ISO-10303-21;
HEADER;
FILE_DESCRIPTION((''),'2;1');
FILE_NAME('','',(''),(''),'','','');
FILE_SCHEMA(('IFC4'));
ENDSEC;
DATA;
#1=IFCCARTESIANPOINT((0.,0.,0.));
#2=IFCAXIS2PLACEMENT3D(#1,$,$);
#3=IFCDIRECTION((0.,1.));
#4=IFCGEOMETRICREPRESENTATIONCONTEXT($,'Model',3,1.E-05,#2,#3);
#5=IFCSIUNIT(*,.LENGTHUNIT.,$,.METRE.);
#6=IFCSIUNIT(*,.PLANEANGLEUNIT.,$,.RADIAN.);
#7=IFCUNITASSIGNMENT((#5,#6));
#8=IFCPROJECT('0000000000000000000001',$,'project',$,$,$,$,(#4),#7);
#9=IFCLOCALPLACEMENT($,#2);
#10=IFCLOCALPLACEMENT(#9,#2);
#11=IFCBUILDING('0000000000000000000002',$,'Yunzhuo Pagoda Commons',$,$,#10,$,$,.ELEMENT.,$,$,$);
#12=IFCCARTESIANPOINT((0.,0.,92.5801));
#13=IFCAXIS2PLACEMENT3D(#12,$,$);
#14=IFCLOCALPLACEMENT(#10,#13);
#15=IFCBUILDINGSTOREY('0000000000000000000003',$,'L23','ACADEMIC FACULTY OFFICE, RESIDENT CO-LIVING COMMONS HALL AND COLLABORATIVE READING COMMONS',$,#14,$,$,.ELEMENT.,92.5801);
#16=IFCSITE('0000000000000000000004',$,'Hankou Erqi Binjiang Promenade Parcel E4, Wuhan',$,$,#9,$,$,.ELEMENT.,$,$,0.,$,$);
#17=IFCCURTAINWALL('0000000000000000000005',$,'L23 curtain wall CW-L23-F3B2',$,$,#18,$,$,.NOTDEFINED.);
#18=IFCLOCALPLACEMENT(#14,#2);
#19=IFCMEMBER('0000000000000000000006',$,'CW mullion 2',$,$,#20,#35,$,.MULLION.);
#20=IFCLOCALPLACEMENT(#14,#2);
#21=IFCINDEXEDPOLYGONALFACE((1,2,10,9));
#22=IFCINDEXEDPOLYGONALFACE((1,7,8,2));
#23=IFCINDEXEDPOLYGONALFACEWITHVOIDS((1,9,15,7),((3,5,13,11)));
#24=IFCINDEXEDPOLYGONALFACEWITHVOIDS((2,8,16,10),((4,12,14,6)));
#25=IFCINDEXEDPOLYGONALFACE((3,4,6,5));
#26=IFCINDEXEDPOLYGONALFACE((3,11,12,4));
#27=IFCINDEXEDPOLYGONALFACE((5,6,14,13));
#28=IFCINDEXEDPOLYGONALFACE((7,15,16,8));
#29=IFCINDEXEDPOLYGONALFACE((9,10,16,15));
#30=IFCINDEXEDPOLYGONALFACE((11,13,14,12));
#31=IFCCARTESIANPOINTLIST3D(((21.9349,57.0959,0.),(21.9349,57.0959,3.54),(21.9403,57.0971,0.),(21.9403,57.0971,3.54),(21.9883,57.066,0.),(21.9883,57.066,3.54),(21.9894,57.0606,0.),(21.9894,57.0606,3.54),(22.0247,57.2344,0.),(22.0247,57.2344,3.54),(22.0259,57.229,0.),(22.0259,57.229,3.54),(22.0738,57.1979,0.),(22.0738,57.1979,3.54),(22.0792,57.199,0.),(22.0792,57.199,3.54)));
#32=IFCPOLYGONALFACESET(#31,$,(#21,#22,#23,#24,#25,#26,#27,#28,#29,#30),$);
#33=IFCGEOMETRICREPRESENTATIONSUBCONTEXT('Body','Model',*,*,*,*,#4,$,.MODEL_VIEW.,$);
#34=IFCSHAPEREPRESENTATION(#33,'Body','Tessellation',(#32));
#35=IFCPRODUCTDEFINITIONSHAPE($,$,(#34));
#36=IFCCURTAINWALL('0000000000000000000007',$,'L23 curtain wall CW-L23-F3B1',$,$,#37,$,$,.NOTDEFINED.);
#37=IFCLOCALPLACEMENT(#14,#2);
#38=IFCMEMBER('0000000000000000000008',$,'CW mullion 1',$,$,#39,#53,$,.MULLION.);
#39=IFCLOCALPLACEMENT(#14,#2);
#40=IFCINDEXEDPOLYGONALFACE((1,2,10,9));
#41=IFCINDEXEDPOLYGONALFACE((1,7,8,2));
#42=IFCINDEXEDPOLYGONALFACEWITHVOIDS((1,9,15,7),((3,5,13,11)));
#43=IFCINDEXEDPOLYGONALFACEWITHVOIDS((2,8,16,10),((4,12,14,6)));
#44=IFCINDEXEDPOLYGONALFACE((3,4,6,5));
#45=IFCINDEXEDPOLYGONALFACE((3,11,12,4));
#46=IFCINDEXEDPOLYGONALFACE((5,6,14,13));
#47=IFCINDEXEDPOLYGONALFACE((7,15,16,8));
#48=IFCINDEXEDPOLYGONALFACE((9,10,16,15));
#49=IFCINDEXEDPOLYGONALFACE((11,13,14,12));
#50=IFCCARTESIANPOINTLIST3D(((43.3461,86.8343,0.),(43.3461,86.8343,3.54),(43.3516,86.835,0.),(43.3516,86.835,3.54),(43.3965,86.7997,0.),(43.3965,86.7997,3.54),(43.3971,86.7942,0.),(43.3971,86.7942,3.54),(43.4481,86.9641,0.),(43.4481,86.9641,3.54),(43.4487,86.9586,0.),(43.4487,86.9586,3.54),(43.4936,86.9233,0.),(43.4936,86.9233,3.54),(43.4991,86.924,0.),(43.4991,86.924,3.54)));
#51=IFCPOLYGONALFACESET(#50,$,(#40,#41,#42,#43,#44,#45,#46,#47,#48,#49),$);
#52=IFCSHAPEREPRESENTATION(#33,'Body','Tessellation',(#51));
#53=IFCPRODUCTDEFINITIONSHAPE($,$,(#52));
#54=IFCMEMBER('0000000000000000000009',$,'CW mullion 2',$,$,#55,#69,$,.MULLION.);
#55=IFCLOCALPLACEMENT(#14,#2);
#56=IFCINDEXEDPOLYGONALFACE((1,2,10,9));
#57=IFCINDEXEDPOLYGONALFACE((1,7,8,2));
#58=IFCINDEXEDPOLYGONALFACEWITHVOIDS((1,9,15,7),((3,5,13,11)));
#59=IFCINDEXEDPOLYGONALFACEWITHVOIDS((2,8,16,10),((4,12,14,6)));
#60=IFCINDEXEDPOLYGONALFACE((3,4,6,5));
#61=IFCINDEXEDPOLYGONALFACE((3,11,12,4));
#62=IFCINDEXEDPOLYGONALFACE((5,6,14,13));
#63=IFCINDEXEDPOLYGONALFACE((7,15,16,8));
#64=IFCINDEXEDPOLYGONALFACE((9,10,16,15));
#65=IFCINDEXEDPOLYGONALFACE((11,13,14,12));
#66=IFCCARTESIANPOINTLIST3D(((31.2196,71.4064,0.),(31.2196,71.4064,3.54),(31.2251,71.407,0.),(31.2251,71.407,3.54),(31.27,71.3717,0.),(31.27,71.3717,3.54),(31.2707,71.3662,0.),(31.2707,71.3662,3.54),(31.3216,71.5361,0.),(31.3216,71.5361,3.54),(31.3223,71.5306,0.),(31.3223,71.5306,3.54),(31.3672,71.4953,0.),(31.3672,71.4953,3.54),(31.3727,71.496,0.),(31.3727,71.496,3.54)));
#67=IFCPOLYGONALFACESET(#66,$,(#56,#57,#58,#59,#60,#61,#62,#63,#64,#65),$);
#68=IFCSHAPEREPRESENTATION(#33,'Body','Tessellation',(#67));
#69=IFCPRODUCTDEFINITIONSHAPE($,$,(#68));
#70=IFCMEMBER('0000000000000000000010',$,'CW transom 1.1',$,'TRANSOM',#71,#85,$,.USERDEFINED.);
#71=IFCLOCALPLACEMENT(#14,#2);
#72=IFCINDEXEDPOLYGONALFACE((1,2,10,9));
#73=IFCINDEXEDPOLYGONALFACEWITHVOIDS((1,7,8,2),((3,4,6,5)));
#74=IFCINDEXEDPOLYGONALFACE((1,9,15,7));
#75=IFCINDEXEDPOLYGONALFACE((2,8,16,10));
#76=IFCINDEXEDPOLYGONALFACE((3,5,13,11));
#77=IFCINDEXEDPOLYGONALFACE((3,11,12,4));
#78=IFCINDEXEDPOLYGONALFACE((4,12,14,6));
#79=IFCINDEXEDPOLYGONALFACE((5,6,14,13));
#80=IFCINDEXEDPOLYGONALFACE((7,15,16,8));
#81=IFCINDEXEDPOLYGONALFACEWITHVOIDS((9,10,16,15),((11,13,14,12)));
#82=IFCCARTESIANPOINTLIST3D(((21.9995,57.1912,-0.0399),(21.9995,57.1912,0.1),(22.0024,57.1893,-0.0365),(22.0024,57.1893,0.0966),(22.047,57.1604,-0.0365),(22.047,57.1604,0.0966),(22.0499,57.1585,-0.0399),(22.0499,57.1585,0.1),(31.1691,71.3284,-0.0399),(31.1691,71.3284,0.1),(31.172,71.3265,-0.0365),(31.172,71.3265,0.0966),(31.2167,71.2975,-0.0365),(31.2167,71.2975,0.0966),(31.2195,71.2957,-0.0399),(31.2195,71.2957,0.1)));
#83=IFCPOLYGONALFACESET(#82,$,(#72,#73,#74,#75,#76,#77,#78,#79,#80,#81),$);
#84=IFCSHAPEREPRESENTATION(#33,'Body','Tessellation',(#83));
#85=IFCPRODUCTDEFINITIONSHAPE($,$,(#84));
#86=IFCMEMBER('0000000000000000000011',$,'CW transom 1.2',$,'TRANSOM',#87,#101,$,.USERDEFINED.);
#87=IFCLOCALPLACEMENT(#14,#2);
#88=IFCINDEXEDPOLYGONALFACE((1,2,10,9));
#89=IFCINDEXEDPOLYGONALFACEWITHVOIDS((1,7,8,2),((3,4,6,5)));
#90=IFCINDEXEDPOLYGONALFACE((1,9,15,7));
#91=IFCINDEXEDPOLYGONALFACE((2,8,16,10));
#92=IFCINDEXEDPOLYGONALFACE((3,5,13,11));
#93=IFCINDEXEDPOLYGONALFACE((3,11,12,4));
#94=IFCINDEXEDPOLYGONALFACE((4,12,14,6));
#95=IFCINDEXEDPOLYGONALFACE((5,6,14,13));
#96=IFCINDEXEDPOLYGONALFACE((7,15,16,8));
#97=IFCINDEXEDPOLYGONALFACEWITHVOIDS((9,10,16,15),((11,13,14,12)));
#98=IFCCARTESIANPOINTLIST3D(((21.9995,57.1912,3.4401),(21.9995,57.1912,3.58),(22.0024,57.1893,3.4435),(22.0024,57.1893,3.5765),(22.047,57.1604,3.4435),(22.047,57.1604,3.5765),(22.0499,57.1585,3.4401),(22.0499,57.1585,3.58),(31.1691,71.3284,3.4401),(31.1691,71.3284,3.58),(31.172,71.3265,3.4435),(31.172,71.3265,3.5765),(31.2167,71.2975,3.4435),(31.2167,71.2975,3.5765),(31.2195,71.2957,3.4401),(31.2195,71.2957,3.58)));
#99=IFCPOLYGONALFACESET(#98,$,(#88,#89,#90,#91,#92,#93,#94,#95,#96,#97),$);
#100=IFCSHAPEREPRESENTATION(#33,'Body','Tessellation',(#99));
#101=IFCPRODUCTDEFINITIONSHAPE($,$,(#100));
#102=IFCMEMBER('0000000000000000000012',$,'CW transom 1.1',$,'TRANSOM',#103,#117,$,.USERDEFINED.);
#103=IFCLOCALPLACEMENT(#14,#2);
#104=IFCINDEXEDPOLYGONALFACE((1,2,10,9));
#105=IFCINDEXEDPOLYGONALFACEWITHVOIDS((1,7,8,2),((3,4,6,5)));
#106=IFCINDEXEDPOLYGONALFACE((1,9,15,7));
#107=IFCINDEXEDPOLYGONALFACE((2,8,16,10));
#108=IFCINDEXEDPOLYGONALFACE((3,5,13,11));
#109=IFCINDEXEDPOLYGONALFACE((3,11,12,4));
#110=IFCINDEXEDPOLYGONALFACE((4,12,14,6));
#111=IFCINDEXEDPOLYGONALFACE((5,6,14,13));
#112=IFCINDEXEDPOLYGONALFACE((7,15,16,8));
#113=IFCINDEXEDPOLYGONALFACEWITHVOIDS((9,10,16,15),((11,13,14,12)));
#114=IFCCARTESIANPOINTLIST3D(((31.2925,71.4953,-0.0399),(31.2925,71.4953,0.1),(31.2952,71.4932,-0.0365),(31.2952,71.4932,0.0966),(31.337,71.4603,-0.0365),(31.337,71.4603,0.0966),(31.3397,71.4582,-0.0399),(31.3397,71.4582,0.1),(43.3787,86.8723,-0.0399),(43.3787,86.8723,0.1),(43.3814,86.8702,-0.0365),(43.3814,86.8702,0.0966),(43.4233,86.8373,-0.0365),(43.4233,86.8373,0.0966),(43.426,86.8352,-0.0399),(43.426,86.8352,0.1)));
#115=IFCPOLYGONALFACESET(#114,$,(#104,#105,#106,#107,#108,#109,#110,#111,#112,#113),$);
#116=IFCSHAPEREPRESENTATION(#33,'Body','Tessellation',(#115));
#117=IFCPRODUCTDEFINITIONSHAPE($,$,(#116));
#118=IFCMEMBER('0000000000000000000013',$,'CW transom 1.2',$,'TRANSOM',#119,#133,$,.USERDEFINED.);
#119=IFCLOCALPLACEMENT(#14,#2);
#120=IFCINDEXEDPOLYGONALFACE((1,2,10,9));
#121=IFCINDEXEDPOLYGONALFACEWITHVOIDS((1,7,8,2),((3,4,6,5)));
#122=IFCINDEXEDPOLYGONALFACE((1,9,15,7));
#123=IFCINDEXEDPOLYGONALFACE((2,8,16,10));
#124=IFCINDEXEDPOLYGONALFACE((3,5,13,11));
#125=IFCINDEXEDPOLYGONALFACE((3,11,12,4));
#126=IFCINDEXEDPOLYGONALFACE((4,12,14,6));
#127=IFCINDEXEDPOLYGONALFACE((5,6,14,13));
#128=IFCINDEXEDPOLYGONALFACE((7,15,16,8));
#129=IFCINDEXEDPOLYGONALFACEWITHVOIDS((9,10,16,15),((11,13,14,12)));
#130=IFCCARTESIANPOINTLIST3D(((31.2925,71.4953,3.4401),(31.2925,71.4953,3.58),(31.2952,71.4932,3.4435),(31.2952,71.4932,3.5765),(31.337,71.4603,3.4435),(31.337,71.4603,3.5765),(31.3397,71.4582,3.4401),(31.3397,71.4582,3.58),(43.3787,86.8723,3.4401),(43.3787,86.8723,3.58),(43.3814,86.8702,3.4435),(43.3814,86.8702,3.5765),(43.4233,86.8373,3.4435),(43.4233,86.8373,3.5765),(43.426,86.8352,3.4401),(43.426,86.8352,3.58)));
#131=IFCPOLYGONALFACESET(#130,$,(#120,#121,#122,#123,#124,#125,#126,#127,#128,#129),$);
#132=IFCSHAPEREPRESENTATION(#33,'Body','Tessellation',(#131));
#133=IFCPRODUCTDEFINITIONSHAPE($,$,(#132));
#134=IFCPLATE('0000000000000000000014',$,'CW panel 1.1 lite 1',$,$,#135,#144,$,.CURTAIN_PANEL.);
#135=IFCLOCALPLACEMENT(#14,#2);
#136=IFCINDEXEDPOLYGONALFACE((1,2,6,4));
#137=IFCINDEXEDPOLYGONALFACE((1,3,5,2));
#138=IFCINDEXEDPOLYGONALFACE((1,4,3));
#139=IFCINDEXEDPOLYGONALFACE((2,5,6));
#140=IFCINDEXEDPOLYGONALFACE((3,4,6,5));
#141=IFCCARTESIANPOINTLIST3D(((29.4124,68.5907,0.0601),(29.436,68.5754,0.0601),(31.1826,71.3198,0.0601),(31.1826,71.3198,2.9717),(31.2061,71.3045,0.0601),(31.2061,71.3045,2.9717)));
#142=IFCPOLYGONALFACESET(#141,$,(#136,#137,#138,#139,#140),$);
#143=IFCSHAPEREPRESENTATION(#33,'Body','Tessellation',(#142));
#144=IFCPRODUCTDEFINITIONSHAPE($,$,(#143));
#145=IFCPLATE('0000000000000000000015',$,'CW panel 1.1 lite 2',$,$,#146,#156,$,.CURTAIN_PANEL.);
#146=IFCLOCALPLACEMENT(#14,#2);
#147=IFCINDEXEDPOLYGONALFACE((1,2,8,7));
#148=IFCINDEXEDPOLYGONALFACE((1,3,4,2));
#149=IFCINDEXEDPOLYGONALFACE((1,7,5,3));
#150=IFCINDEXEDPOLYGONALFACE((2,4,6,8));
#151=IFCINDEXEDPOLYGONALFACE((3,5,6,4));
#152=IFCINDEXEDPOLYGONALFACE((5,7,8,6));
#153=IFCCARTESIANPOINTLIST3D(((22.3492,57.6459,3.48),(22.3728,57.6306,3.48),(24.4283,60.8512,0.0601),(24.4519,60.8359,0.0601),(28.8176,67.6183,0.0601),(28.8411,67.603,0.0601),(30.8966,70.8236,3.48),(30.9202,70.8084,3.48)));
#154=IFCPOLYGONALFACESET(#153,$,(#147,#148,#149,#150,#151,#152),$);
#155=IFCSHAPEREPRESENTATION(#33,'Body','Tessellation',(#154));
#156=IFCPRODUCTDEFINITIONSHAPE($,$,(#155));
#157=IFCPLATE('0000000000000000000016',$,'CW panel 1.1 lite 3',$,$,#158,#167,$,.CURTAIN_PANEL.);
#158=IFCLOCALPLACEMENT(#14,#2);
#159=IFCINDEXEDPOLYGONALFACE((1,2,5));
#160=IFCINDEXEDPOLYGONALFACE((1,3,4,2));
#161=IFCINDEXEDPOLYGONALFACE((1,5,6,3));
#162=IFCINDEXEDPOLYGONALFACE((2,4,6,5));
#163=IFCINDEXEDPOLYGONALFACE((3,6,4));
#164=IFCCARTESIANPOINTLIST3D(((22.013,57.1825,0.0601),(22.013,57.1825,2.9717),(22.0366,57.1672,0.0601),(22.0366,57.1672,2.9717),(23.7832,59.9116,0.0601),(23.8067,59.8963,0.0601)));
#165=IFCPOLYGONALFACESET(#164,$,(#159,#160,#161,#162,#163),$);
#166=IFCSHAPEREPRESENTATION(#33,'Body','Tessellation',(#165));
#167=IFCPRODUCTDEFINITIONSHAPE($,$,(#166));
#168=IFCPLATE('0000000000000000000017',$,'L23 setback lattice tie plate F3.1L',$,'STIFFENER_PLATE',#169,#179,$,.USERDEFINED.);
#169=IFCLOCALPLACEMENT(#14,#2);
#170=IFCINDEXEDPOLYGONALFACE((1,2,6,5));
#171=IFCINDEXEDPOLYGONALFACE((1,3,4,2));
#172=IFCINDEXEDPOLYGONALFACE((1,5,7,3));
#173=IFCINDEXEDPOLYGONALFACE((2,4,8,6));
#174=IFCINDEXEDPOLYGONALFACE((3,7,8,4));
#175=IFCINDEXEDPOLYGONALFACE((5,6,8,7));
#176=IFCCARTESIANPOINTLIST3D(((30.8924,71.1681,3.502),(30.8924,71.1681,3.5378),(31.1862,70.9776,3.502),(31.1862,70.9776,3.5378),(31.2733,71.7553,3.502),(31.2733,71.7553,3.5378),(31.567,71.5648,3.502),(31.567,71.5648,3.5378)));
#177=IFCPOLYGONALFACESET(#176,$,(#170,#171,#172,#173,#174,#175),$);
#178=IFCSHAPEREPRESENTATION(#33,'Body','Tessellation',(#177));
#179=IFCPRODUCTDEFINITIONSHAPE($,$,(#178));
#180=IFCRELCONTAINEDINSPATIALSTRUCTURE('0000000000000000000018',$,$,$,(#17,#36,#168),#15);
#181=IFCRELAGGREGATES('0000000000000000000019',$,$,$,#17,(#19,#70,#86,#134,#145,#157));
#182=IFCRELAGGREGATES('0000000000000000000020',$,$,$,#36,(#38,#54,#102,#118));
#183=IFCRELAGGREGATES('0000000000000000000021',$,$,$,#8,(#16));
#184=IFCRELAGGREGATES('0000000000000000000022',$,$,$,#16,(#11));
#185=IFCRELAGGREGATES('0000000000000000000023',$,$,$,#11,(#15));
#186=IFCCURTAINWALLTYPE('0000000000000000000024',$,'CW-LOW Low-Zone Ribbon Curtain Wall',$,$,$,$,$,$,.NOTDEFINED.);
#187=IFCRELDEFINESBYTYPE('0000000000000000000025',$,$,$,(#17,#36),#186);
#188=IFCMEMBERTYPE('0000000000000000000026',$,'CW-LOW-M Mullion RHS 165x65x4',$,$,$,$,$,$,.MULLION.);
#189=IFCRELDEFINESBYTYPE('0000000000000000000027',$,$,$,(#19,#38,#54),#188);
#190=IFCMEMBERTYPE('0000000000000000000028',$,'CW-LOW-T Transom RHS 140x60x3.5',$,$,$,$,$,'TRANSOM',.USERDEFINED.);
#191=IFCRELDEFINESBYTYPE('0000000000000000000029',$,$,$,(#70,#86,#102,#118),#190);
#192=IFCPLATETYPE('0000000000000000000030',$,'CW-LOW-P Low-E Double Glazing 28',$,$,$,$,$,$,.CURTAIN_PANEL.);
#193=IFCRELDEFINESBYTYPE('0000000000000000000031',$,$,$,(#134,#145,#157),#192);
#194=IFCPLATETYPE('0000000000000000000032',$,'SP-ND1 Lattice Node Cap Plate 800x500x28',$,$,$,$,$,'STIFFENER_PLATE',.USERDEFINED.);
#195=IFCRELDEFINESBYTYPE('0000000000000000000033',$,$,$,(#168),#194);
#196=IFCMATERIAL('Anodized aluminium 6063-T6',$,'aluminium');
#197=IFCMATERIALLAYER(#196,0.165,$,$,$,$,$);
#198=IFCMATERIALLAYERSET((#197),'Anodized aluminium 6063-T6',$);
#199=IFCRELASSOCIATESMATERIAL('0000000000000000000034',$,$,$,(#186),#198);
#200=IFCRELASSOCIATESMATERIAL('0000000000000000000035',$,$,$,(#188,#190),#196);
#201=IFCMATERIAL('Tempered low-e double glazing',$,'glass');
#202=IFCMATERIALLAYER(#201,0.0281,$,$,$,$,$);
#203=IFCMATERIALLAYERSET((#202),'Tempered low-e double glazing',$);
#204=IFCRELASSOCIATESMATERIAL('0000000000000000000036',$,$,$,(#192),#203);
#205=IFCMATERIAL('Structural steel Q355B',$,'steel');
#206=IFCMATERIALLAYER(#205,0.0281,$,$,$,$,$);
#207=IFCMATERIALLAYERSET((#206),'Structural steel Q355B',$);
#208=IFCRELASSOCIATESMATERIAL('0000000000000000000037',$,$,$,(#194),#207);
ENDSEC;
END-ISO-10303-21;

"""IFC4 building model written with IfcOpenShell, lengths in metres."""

from ifc_helpers import new_model, si_unit, direction, frame, origin, origin_2d, place, context, subcontext, project, spatial, polyline, rectangle, hollow_rectangle, outline, extrude, source, transform, mapped, material, layer, layer_set, material_profile, profile_set, type_object, element, aggregate, save


model = new_model("IFC4")

# Units and contexts
model_context = context("Model", 3, precision=1e-05, world=origin(), true_north=direction((0.0, 1.0)))
body_context = subcontext(model_context, "Body", "Model", "MODEL_VIEW")
ifc_project = project(units=[si_unit("LENGTHUNIT", "METRE"), si_unit("PLANEANGLEUNIT", "RADIAN")], contexts=[model_context])

# Site, building, storey
site_placement = place(None, origin())
site = spatial("IfcSite", under=ifc_project, at=site_placement, Name="Hankou Erqi Binjiang Promenade Parcel E4, Wuhan", CompositionType="ELEMENT", RefElevation=0.0)
building_placement = place(site_placement, origin())
building = spatial("IfcBuilding", under=site, at=building_placement, Name="Yunzhuo Pagoda Commons", CompositionType="ELEMENT")
storey_placement = place(building_placement, frame((0.0, 0.0, 92.5801)))
storey = spatial("IfcBuildingStorey", under=building, at=storey_placement, Name="L23", Description="ACADEMIC FACULTY OFFICE, RESIDENT CO-LIVING COMMONS HALL AND COLLABORATIVE READING COMMONS", CompositionType="ELEMENT", Elevation=92.5801)

# Shared definitions
ifc_material_1 = material(Name="Structural steel Q355B", Category="steel")

# Curtain walls, members
ifc_material_2 = material(Name="Anodized aluminium 6063-T6", Category="aluminium")
ifc_layer_1 = layer(ifc_material_2, 0.165)
ifc_layer_set_1 = layer_set([ifc_layer_1], Name="Anodized aluminium 6063-T6")
curtain_wall_type = type_object("IfcCurtainWallType", Name="CW-LOW Low-Zone Ribbon Curtain Wall", PredefinedType="NOTDEFINED", material=ifc_layer_set_1)
curtain_wall_1_placement = place(storey_placement, origin())
curtain_wall_1 = element("IfcCurtainWall", 1, at=curtain_wall_1_placement, inside=storey, type_object=curtain_wall_type, Name="L23 curtain wall CW-L23-F3B2", PredefinedType="NOTDEFINED")
ifc_material_profile_1 = material_profile(ifc_material_2, hollow_rectangle(XDim=0.0649, YDim=0.165, WallThickness=0.0039, at=origin_2d()), Name="Anodized aluminium 6063-T6")
ifc_profile_set_1 = profile_set([ifc_material_profile_1], Name="Anodized aluminium 6063-T6")
member_type_1 = type_object("IfcMemberType", Name="CW-LOW-M Mullion RHS 165x65x4", PredefinedType="MULLION", material=ifc_profile_set_1)
shared_shape_1 = source(origin(), body_context, "Body", "SweptSolid", [
    extrude(hollow_rectangle(XDim=0.0649, YDim=0.165, WallThickness=0.0039, at=origin_2d()), origin(), (0.0, 0.0, 1.0), 3.54),
])
member_1_placement = place(storey_placement, frame((22.0071, 57.1475, 0.0), z_axis=(0.0, 0.0, 1.0), x_axis=(0.838972, -0.544174, 0.0)))
member_1 = element("IfcMember", 2, at=member_1_placement, type_object=member_type_1, Name="CW mullion 2", PredefinedType="MULLION", context=body_context, shape_type="MappedRepresentation", body=[
    mapped(shared_shape_1, transform((0.0, 0.0, 0.0), scale=1.0)),
])
curtain_wall_2_placement = place(storey_placement, origin())
curtain_wall_2 = element("IfcCurtainWall", 3, at=curtain_wall_2_placement, inside=storey, type_object=curtain_wall_type, Name="L23 curtain wall CW-L23-F3B1", PredefinedType="NOTDEFINED")
member_2_placement = place(storey_placement, frame((43.4226, 86.8792, 0.0), z_axis=(0.0, 0.0, 1.0), x_axis=(0.786215, -0.617953, 0.0)))
member_2 = element("IfcMember", 4, at=member_2_placement, type_object=member_type_1, Name="CW mullion 1", PredefinedType="MULLION", context=body_context, shape_type="MappedRepresentation", body=[
    mapped(shared_shape_1, transform((0.0, 0.0, 0.0), scale=1.0)),
])
member_3_placement = place(storey_placement, frame((31.2961, 71.4512, 0.0), z_axis=(0.0, 0.0, 1.0), x_axis=(0.786215, -0.617953, 0.0)))
member_3 = element("IfcMember", 5, at=member_3_placement, type_object=member_type_1, Name="CW mullion 2", PredefinedType="MULLION", context=body_context, shape_type="MappedRepresentation", body=[
    mapped(shared_shape_1, transform((0.0, 0.0, 0.0), scale=1.0)),
])

# Members
ifc_material_profile_2 = material_profile(ifc_material_2, hollow_rectangle(XDim=0.0601, YDim=0.1399, WallThickness=0.0034, at=origin_2d()), Name="Anodized aluminium 6063-T6")
ifc_profile_set_2 = profile_set([ifc_material_profile_2], Name="Anodized aluminium 6063-T6")
member_type_2 = type_object("IfcMemberType", Name="CW-LOW-T Transom RHS 140x60x3.5", ElementType="TRANSOM", PredefinedType="USERDEFINED", material=ifc_profile_set_2)
shared_shape_2 = source(origin(), body_context, "Body", "SweptSolid", [
    extrude(hollow_rectangle(XDim=0.0601, YDim=0.1399, WallThickness=0.0034, at=origin_2d()), origin(), (0.0, 0.0, 1.0), 16.8506),
])
member_4_placement = place(storey_placement, frame((31.1943, 71.312, 0.03), z_axis=(-0.544174, -0.838972, 0.0), x_axis=(0.838972, -0.544174, 0.0)))
member_4 = element("IfcMember", 6, at=member_4_placement, type_object=member_type_2, Name="CW transom 1.1", ObjectType="TRANSOM", PredefinedType="USERDEFINED", context=body_context, shape_type="MappedRepresentation", body=[
    mapped(shared_shape_2, transform((0.0, 0.0, 0.0), scale=1.0)),
])
member_5_placement = place(storey_placement, frame((31.1943, 71.312, 3.51), z_axis=(-0.544174, -0.838972, 0.0), x_axis=(0.838972, -0.544174, 0.0)))
member_5 = element("IfcMember", 7, at=member_5_placement, type_object=member_type_2, Name="CW transom 1.2", ObjectType="TRANSOM", PredefinedType="USERDEFINED", context=body_context, shape_type="MappedRepresentation", body=[
    mapped(shared_shape_2, transform((0.0, 0.0, 0.0), scale=1.0)),
])
shared_shape_3 = source(origin(), body_context, "Body", "SweptSolid", [
    extrude(hollow_rectangle(XDim=0.0601, YDim=0.1399, WallThickness=0.0034, at=origin_2d()), origin(), (0.0, 0.0, 1.0), 19.5583),
])
member_6_placement = place(storey_placement, frame((43.4023, 86.8538, 0.03), z_axis=(-0.617957, -0.786212, 0.0), x_axis=(0.786212, -0.617957, 0.0)))
member_6 = element("IfcMember", 8, at=member_6_placement, type_object=member_type_2, Name="CW transom 1.1", ObjectType="TRANSOM", PredefinedType="USERDEFINED", context=body_context, shape_type="MappedRepresentation", body=[
    mapped(shared_shape_3, transform((0.0, 0.0, 0.0), scale=1.0)),
])
member_7_placement = place(storey_placement, frame((43.4023, 86.8538, 3.51), z_axis=(-0.617957, -0.786212, 0.0), x_axis=(0.786212, -0.617957, 0.0)))
member_7 = element("IfcMember", 9, at=member_7_placement, type_object=member_type_2, Name="CW transom 1.2", ObjectType="TRANSOM", PredefinedType="USERDEFINED", context=body_context, shape_type="MappedRepresentation", body=[
    mapped(shared_shape_3, transform((0.0, 0.0, 0.0), scale=1.0)),
])

# Plates
ifc_material_3 = material(Name="Tempered low-e double glazing", Category="glass")
ifc_layer_2 = layer(ifc_material_3, 0.0281)
ifc_layer_set_2 = layer_set([ifc_layer_2], Name="Tempered low-e double glazing")
plate_type_1 = type_object("IfcPlateType", Name="CW-LOW-P Low-E Double Glazing 28", PredefinedType="CURTAIN_PANEL", material=ifc_layer_set_2)
plate_1_placement = place(storey_placement, frame((30.321, 69.9399, 1.5159), z_axis=(-0.838972, 0.544174, 0.0), x_axis=(-0.544174, -0.838972, 0.0)))
plate_1 = element("IfcPlate", 10, at=plate_1_placement, type_object=plate_type_1, Name="CW panel 1.1 lite 1", PredefinedType="CURTAIN_PANEL", context=body_context, shape_type="SweptSolid", body=[
    extrude(outline(polyline([(-1.6265, -1.4558), (1.6265, -1.4558), (-1.6265, 1.4558), (-1.6265, -1.4558)])), origin(), (0.0, 0.0, 1.0), 0.0281),
])
plate_2_placement = place(storey_placement, frame((26.6465, 64.2195, 1.77), z_axis=(-0.838972, 0.544174, 0.0), x_axis=(-0.544174, -0.838972, 0.0)))
plate_2 = element("IfcPlate", 11, at=plate_2_placement, type_object=plate_type_1, Name="CW panel 1.1 lite 2", PredefinedType="CURTAIN_PANEL", context=body_context, shape_type="SweptSolid", body=[
    extrude(outline(polyline([(-7.8535, 1.71), (-4.033, -1.71), (4.033, -1.71), (7.8535, 1.71), (-7.8535, 1.71)])), origin(), (0.0, 0.0, 1.0), 0.0281),
])
plate_3_placement = place(storey_placement, frame((22.9216, 58.5317, 1.5159), z_axis=(-0.838972, 0.544174, 0.0), x_axis=(-0.544174, -0.838972, 0.0)))
plate_3 = element("IfcPlate", 12, at=plate_3_placement, type_object=plate_type_1, Name="CW panel 1.1 lite 3", PredefinedType="CURTAIN_PANEL", context=body_context, shape_type="SweptSolid", body=[
    extrude(outline(polyline([(-1.6265, -1.4558), (1.6265, -1.4558), (1.6265, 1.4558), (-1.6265, -1.4558)])), origin(), (0.0, 0.0, 1.0), 0.0281),
])
aggregate(curtain_wall_1, [member_1, member_4, member_5, plate_1, plate_2, plate_3])

# Plate
ifc_layer_3 = layer(ifc_material_1, 0.0281)
ifc_layer_set_3 = layer_set([ifc_layer_3], Name="Structural steel Q355B")
plate_type_2 = type_object("IfcPlateType", Name="SP-ND1 Lattice Node Cap Plate 800x500x28", ElementType="STIFFENER_PLATE", PredefinedType="USERDEFINED", material=ifc_layer_set_3)
shared_shape_4 = source(origin(), body_context, "Body", "SweptSolid", [
    extrude(rectangle(XDim=0.7, YDim=0.3501, at=origin_2d()), origin(), (0.0, 0.0, 1.0), 0.0359),
])
for number, where, z_axis, x_axis, name in (
    (13, (31.2297, 71.3665, 3.502), (0.0, 0.0, 1.0), (-0.544171, -0.838975, 0.0), "L23 setback lattice tie plate F3.1L"),
):
    element("IfcPlate", number, at=place(storey_placement, frame(where, z_axis=z_axis, x_axis=x_axis)), inside=storey, type_object=plate_type_2, Name=name, ObjectType="STIFFENER_PLATE", PredefinedType="USERDEFINED", context=body_context, shape_type="MappedRepresentation", body=[
        mapped(shared_shape_4, transform((0.0, 0.0, 0.0), scale=1.0)),
    ])

aggregate(curtain_wall_2, [member_2, member_3, member_6, member_7])

save(model, "model.ifc")
